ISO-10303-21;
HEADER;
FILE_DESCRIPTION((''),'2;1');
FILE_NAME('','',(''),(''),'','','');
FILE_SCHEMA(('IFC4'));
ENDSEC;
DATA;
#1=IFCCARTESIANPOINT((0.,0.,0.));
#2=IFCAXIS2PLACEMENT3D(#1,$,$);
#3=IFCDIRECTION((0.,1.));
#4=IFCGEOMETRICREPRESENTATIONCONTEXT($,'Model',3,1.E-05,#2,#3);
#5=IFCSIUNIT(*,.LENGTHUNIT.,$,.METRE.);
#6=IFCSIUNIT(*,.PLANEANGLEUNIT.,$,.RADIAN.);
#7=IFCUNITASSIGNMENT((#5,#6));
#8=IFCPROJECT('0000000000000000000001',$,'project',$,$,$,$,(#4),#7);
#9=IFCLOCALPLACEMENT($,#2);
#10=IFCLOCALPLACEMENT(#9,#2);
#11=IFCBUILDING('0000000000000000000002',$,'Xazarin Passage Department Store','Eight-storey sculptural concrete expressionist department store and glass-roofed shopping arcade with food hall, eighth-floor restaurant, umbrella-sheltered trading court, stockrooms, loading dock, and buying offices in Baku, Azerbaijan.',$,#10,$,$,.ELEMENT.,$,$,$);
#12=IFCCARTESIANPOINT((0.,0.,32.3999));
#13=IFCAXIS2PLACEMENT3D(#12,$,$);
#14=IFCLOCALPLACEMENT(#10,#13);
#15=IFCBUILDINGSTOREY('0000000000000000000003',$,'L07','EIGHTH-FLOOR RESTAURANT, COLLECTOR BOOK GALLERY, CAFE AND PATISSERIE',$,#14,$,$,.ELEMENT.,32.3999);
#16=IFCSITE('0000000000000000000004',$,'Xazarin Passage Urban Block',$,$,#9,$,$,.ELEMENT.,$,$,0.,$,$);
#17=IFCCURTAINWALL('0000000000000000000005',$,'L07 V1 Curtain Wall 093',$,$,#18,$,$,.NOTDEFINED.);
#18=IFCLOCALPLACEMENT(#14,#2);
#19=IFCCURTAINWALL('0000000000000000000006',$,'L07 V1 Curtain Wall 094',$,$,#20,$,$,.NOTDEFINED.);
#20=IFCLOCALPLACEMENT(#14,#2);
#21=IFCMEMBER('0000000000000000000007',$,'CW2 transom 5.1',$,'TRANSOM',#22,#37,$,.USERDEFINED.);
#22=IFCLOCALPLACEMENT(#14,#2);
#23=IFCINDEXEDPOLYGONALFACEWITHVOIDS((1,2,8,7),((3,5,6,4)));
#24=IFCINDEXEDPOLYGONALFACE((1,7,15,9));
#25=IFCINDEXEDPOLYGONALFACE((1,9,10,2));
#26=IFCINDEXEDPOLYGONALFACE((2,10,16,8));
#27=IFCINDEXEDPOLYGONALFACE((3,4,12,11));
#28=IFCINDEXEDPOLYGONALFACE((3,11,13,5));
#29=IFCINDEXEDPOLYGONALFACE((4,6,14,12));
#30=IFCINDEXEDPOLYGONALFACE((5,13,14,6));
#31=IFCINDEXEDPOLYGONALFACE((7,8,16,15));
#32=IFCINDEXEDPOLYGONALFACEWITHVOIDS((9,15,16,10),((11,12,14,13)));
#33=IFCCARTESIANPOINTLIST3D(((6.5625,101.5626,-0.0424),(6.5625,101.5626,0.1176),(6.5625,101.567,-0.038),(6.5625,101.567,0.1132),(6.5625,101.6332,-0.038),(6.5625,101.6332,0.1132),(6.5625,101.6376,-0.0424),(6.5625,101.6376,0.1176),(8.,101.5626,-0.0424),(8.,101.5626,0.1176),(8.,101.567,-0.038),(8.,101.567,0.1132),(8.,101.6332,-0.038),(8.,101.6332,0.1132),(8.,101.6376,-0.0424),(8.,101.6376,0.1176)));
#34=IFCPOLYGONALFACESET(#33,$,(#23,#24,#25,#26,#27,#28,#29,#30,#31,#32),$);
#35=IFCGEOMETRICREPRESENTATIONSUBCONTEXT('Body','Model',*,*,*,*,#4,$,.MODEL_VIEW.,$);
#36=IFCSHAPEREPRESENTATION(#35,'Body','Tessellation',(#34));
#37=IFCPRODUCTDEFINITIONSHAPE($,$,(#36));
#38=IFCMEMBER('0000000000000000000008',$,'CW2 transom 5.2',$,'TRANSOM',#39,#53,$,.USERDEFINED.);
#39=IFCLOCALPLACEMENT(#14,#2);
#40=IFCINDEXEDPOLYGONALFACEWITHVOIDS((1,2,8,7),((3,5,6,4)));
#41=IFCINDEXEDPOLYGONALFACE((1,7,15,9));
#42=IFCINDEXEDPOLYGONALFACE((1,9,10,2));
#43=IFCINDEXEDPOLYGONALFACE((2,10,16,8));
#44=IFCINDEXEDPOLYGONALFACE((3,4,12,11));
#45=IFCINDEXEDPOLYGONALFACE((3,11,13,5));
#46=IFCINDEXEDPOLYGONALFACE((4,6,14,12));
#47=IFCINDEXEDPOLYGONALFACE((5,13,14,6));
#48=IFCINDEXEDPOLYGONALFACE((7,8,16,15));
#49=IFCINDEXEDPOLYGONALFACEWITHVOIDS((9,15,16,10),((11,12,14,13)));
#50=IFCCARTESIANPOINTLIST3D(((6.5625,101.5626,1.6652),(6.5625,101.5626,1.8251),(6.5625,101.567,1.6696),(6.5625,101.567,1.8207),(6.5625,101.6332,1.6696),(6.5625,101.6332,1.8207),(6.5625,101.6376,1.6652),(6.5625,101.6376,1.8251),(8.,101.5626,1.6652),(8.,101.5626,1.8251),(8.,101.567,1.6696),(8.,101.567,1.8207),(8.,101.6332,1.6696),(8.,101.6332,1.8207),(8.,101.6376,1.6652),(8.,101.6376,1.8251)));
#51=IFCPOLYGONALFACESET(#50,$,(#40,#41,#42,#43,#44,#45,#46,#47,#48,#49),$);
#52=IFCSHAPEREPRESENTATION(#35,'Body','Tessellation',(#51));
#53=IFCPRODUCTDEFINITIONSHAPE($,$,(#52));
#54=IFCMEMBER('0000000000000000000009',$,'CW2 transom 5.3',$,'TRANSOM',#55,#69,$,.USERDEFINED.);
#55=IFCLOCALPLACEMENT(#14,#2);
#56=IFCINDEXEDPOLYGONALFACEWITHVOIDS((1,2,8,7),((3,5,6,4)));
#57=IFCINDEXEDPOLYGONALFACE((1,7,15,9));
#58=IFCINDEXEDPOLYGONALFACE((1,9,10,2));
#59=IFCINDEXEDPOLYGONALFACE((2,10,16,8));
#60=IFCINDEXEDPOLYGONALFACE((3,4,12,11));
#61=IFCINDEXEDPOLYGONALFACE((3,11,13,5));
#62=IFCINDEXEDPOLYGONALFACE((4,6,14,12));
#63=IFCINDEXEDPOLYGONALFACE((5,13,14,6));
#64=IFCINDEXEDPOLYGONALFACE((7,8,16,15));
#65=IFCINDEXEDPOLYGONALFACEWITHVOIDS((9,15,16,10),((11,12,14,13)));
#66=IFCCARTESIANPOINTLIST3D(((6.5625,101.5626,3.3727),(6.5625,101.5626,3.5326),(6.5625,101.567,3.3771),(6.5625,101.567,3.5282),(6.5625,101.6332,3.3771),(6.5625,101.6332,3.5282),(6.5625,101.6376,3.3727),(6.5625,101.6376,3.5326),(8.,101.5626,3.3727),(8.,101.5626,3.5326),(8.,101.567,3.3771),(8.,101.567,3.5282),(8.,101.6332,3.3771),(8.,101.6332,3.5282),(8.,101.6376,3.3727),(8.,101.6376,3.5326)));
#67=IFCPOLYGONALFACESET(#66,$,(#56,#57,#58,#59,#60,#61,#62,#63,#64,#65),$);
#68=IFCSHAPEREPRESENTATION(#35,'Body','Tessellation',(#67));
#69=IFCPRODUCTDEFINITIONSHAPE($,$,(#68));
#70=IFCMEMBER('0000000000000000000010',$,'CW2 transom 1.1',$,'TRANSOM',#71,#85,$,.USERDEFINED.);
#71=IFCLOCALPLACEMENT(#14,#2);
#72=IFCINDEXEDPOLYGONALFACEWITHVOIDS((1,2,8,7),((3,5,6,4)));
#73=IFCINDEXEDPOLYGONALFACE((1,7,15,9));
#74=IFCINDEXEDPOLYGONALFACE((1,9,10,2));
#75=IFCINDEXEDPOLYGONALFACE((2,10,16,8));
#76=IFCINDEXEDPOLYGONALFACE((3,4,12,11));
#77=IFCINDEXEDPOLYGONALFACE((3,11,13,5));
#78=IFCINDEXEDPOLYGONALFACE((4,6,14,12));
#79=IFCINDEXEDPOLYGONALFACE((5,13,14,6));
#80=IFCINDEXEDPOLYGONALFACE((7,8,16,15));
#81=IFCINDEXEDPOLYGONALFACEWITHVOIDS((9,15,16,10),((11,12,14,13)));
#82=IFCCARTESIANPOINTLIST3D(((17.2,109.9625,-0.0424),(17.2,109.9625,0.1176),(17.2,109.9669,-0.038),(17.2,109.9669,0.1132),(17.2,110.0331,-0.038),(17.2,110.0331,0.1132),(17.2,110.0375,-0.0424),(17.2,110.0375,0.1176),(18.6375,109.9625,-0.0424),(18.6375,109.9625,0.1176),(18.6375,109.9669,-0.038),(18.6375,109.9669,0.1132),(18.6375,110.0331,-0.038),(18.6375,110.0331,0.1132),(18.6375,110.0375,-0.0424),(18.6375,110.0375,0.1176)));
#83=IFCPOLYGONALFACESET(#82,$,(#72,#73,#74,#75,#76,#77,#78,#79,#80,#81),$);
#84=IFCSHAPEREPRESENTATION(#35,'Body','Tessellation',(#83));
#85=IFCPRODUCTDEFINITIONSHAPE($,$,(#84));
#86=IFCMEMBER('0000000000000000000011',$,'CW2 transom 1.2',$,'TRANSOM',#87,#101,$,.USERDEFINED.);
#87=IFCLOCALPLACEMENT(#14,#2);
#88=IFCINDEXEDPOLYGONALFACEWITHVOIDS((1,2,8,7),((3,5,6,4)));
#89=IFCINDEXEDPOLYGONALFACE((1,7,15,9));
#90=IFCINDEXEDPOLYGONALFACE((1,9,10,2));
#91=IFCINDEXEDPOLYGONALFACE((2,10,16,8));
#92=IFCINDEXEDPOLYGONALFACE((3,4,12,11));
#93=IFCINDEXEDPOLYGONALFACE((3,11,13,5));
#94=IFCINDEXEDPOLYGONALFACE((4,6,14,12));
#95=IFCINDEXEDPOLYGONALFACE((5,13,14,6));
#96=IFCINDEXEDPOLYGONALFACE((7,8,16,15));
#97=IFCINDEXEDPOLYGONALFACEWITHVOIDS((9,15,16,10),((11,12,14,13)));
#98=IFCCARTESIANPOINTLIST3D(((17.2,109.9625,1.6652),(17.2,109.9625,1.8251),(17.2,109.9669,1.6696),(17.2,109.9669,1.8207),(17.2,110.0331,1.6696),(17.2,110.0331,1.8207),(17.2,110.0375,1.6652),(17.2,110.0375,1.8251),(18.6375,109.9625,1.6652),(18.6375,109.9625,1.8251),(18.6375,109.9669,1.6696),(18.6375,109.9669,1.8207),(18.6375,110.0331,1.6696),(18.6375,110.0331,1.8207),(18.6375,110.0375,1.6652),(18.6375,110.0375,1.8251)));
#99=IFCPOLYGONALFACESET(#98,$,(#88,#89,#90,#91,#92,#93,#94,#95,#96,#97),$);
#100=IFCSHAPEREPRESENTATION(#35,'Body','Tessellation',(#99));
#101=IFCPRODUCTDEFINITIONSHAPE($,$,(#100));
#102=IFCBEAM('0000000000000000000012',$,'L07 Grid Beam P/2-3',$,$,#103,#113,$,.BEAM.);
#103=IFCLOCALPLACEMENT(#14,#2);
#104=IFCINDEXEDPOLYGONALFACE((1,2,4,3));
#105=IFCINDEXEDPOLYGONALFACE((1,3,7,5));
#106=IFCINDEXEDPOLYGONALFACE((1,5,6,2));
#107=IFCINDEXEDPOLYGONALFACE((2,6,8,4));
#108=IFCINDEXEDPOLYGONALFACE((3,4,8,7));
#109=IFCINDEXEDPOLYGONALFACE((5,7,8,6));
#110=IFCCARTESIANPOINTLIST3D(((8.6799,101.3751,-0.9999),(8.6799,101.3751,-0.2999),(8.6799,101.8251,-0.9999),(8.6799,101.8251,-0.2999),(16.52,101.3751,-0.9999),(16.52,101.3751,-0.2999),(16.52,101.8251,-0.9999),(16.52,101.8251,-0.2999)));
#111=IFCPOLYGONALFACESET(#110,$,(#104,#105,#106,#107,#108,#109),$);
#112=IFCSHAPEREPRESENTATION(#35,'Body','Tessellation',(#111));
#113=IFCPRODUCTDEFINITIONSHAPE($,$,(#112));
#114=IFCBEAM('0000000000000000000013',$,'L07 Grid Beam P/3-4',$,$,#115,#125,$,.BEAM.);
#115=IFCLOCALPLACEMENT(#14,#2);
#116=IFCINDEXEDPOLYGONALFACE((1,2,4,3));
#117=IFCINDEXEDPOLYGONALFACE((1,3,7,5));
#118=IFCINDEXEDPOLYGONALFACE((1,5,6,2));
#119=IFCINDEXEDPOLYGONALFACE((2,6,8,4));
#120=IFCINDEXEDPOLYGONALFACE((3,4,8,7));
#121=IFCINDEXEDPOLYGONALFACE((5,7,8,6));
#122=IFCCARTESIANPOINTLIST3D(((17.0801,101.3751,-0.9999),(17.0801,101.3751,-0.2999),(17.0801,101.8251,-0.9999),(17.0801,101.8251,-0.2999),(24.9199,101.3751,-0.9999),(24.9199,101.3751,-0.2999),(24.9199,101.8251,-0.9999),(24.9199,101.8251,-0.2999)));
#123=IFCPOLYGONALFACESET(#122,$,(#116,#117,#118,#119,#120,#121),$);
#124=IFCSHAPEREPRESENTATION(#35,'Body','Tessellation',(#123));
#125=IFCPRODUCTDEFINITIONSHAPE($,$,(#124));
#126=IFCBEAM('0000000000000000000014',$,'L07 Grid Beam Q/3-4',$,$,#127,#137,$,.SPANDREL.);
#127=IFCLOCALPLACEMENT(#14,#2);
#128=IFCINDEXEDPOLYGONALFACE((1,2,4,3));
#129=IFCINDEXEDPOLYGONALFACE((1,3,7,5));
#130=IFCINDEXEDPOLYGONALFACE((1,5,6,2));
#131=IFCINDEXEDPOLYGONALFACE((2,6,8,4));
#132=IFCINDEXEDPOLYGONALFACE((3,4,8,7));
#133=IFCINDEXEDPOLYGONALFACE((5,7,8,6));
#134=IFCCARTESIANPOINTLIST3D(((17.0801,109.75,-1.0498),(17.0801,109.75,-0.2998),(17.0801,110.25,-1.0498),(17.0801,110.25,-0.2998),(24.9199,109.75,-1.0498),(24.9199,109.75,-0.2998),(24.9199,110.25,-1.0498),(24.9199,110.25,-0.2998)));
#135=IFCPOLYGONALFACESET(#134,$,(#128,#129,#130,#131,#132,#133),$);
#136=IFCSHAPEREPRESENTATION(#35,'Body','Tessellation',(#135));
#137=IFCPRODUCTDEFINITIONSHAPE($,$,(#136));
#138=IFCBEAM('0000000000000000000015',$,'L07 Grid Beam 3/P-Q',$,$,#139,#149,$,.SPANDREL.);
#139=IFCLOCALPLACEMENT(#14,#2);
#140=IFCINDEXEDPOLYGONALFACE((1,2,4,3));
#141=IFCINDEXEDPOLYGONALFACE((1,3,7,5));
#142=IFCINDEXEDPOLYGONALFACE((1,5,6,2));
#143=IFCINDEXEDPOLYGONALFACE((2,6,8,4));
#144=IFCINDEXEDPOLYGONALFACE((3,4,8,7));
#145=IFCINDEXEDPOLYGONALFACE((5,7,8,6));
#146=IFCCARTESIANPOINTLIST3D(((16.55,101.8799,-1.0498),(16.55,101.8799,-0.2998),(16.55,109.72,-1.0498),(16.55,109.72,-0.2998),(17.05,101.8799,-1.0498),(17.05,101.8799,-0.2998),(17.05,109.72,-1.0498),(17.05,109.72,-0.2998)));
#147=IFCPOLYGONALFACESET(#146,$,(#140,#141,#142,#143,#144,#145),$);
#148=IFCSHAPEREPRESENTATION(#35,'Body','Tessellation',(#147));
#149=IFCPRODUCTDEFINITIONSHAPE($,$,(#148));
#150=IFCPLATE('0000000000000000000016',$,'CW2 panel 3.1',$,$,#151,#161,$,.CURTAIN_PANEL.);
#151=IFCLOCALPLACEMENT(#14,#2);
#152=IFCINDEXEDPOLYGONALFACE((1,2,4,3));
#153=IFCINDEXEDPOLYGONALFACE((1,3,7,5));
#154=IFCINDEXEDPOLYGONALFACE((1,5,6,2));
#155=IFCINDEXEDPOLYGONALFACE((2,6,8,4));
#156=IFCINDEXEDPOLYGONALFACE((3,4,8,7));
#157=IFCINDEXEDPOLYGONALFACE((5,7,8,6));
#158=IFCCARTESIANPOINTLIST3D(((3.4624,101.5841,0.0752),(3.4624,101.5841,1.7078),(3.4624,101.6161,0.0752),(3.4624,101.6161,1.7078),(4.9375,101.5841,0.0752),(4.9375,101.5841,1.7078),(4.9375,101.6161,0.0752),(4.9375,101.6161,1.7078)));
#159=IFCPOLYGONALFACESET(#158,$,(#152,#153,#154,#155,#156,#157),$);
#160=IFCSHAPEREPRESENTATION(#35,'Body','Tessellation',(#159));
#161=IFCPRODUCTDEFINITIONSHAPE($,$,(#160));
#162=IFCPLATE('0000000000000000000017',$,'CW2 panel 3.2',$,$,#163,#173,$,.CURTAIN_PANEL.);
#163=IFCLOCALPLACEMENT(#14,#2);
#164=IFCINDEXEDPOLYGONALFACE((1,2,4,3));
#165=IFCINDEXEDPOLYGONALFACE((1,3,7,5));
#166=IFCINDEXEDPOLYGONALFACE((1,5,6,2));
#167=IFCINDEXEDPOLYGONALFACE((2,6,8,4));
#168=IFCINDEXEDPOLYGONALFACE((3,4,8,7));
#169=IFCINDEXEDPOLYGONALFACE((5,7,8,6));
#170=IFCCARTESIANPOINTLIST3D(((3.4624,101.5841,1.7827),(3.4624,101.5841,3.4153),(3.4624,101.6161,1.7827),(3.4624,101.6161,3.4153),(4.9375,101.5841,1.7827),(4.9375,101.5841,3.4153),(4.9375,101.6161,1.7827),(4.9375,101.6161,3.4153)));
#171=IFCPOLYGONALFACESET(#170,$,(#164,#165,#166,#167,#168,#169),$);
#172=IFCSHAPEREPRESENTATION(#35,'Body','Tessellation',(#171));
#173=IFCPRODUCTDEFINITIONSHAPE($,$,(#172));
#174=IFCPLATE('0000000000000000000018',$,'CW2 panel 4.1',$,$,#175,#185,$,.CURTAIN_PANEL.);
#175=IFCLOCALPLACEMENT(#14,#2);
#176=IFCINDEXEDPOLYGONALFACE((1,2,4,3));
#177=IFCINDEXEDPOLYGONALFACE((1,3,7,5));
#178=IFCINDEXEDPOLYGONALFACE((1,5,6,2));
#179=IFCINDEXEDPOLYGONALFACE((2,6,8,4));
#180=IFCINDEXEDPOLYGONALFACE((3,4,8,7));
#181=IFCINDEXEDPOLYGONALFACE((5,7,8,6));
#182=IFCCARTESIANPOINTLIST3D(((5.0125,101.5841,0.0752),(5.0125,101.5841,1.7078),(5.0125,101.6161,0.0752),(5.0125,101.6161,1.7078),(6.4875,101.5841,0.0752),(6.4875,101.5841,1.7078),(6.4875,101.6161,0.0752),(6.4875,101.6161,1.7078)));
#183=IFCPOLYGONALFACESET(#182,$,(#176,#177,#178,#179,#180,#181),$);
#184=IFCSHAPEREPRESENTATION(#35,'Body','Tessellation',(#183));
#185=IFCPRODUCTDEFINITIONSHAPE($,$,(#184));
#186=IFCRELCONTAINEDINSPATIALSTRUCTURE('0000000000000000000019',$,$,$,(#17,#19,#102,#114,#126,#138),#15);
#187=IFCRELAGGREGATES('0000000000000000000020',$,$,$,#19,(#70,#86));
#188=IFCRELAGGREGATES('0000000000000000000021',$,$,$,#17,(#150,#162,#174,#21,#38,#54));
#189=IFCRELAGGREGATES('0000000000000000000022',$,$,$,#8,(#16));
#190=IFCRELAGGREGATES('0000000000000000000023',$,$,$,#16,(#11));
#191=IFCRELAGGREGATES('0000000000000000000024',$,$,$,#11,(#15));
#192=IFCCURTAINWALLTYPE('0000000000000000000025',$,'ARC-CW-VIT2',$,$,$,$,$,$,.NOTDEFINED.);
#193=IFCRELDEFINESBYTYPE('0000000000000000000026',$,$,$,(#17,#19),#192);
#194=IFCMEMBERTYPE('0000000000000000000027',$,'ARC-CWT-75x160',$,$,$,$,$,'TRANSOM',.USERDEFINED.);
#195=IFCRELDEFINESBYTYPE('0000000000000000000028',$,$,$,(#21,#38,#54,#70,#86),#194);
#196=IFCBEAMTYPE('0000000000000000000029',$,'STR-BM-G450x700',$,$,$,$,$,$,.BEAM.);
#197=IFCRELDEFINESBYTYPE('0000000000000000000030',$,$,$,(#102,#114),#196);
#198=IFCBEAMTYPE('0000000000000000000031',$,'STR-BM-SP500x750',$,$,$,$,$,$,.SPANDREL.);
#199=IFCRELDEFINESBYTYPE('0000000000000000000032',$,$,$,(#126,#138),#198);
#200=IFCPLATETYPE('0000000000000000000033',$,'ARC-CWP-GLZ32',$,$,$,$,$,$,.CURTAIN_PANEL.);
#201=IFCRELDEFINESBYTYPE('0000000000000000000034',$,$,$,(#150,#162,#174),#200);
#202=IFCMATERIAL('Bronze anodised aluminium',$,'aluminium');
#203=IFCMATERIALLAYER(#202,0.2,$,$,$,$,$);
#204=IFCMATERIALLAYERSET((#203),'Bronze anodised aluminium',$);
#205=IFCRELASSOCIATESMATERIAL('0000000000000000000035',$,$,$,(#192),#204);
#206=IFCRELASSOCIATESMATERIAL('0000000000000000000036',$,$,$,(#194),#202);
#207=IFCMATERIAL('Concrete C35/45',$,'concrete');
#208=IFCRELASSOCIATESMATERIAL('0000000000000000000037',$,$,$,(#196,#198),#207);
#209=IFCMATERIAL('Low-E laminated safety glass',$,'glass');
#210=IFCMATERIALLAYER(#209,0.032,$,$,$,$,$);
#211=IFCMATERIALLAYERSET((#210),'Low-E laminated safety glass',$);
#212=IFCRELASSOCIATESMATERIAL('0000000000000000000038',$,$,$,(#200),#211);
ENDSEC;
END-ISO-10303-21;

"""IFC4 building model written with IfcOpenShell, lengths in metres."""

from ifc_helpers import new_model, si_unit, direction, frame, origin, origin_2d, place, context, subcontext, project, spatial, rectangle, hollow_rectangle, extrude, material, layer, layer_set, material_profile, profile_set, type_object, element, aggregate, save


model = new_model("IFC4")

# Units and contexts
model_context = context("Model", 3, precision=1e-05, world=origin(), true_north=direction((0.0, 1.0)))
body_context = subcontext(model_context, "Body", "Model", "MODEL_VIEW")
ifc_project = project(units=[si_unit("LENGTHUNIT", "METRE"), si_unit("PLANEANGLEUNIT", "RADIAN")], contexts=[model_context])

# Site, building, storey
site_placement = place(None, origin())
site = spatial("IfcSite", under=ifc_project, at=site_placement, Name="Xazarin Passage Urban Block", CompositionType="ELEMENT", RefElevation=0.0)
building_placement = place(site_placement, origin())
building = spatial("IfcBuilding", under=site, at=building_placement, Name="Xazarin Passage Department Store", Description="Eight-storey sculptural concrete expressionist department store and glass-roofed shopping arcade with food hall, eighth-floor restaurant, umbrella-sheltered trading court, stockrooms, loading dock, and buying offices in Baku, Azerbaijan.", CompositionType="ELEMENT")
storey_placement = place(building_placement, frame((0.0, 0.0, 32.3999)))
storey = spatial("IfcBuildingStorey", under=building, at=storey_placement, Name="L07", Description="EIGHTH-FLOOR RESTAURANT, COLLECTOR BOOK GALLERY, CAFE AND PATISSERIE", CompositionType="ELEMENT", Elevation=32.3999)

# Curtain wall
ifc_material_1 = material(Name="Bronze anodised aluminium", Category="aluminium")
ifc_layer_1 = layer(ifc_material_1, 0.2)
ifc_layer_set_1 = layer_set([ifc_layer_1], Name="Bronze anodised aluminium")
curtain_wall_type = type_object("IfcCurtainWallType", Name="ARC-CW-VIT2", PredefinedType="NOTDEFINED", material=ifc_layer_set_1)
curtain_wall_1_placement = place(storey_placement, origin())
curtain_wall_1 = element("IfcCurtainWall", 1, at=curtain_wall_1_placement, inside=storey, type_object=curtain_wall_type, Name="L07 V1 Curtain Wall 093", PredefinedType="NOTDEFINED")

# Curtain wall
curtain_wall_2_placement = place(storey_placement, origin())
curtain_wall_2 = element("IfcCurtainWall", 2, at=curtain_wall_2_placement, inside=storey, type_object=curtain_wall_type, Name="L07 V1 Curtain Wall 094", PredefinedType="NOTDEFINED")

# Members
ifc_material_profile_1 = material_profile(ifc_material_1, hollow_rectangle(XDim=0.075, YDim=0.1599, WallThickness=0.0044, at=origin_2d()), Name="ALU 75x160")
ifc_profile_set_1 = profile_set([ifc_material_profile_1], Name="Bronze anodised aluminium")
member_type_1 = type_object("IfcMemberType", Name="ARC-CWT-75x160", ElementType="TRANSOM", PredefinedType="USERDEFINED", material=ifc_profile_set_1)
member_1_placement = place(storey_placement, frame((6.5625, 101.6001, 0.0376), z_axis=(1.0, 0.0, 0.0), x_axis=(0.0, 1.0, 0.0)))
member_1 = element("IfcMember", 3, at=member_1_placement, type_object=member_type_1, Name="CW2 transom 5.1", ObjectType="TRANSOM", PredefinedType="USERDEFINED", context=body_context, shape_type="SweptSolid", body=[
    extrude(hollow_rectangle(XDim=0.075, YDim=0.1599, WallThickness=0.0044, at=origin_2d()), origin(), (0.0, 0.0, 1.0), 1.4375),
])
member_2_placement = place(storey_placement, frame((6.5625, 101.6001, 1.7451), z_axis=(1.0, 0.0, 0.0), x_axis=(0.0, 1.0, 0.0)))
member_2 = element("IfcMember", 4, at=member_2_placement, type_object=member_type_1, Name="CW2 transom 5.2", ObjectType="TRANSOM", PredefinedType="USERDEFINED", context=body_context, shape_type="SweptSolid", body=[
    extrude(hollow_rectangle(XDim=0.075, YDim=0.1599, WallThickness=0.0044, at=origin_2d()), origin(), (0.0, 0.0, 1.0), 1.4375),
])
member_3_placement = place(storey_placement, frame((6.5625, 101.6001, 3.4526), z_axis=(1.0, 0.0, 0.0), x_axis=(0.0, 1.0, 0.0)))
member_3 = element("IfcMember", 5, at=member_3_placement, type_object=member_type_1, Name="CW2 transom 5.3", ObjectType="TRANSOM", PredefinedType="USERDEFINED", context=body_context, shape_type="SweptSolid", body=[
    extrude(hollow_rectangle(XDim=0.075, YDim=0.1599, WallThickness=0.0044, at=origin_2d()), origin(), (0.0, 0.0, 1.0), 1.4375),
])
member_4_placement = place(storey_placement, frame((17.2, 110.0, 0.0376), z_axis=(1.0, 0.0, 0.0), x_axis=(0.0, 1.0, 0.0)))
member_4 = element("IfcMember", 6, at=member_4_placement, type_object=member_type_1, Name="CW2 transom 1.1", ObjectType="TRANSOM", PredefinedType="USERDEFINED", context=body_context, shape_type="SweptSolid", body=[
    extrude(hollow_rectangle(XDim=0.075, YDim=0.1599, WallThickness=0.0044, at=origin_2d()), origin(), (0.0, 0.0, 1.0), 1.4375),
])
member_5_placement = place(storey_placement, frame((17.2, 110.0, 1.7451), z_axis=(1.0, 0.0, 0.0), x_axis=(0.0, 1.0, 0.0)))
member_5 = element("IfcMember", 7, at=member_5_placement, type_object=member_type_1, Name="CW2 transom 1.2", ObjectType="TRANSOM", PredefinedType="USERDEFINED", context=body_context, shape_type="SweptSolid", body=[
    extrude(hollow_rectangle(XDim=0.075, YDim=0.1599, WallThickness=0.0044, at=origin_2d()), origin(), (0.0, 0.0, 1.0), 1.4375),
])
aggregate(curtain_wall_2, [member_4, member_5])

# Beams
ifc_material_2 = material(Name="Concrete C35/45", Category="concrete")
ifc_material_profile_2 = material_profile(ifc_material_2, rectangle(XDim=0.45, YDim=0.7, at=origin_2d()), Name="RC 450x700")
ifc_profile_set_2 = profile_set([ifc_material_profile_2], Name="Concrete C35/45")
beam_type_1 = type_object("IfcBeamType", Name="STR-BM-G450x700", PredefinedType="BEAM", material=ifc_profile_set_2)
beam_1_placement = place(storey_placement, frame((8.6799, 101.6001, -0.6499), z_axis=(1.0, 0.0, 0.0), x_axis=(0.0, 1.0, 0.0)))
element("IfcBeam", 8, at=beam_1_placement, inside=storey, type_object=beam_type_1, Name="L07 Grid Beam P/2-3", PredefinedType="BEAM", context=body_context, shape_type="SweptSolid", body=[
    extrude(rectangle(XDim=0.45, YDim=0.7, at=origin_2d()), origin(), (0.0, 0.0, 1.0), 7.8401),
])
beam_2_placement = place(storey_placement, frame((17.0801, 101.6001, -0.6499), z_axis=(1.0, 0.0, 0.0), x_axis=(0.0, 1.0, 0.0)))
element("IfcBeam", 9, at=beam_2_placement, inside=storey, type_object=beam_type_1, Name="L07 Grid Beam P/3-4", PredefinedType="BEAM", context=body_context, shape_type="SweptSolid", body=[
    extrude(rectangle(XDim=0.45, YDim=0.7, at=origin_2d()), origin(), (0.0, 0.0, 1.0), 7.8398),
])
ifc_material_profile_3 = material_profile(ifc_material_2, rectangle(XDim=0.5, YDim=0.75, at=origin_2d()), Name="RC 500x750")
ifc_profile_set_3 = profile_set([ifc_material_profile_3], Name="Concrete C35/45")
beam_type_2 = type_object("IfcBeamType", Name="STR-BM-SP500x750", PredefinedType="SPANDREL", material=ifc_profile_set_3)
beam_3_placement = place(storey_placement, frame((17.0801, 110.0, -0.6748), z_axis=(1.0, 0.0, 0.0), x_axis=(0.0, 1.0, 0.0)))
element("IfcBeam", 10, at=beam_3_placement, inside=storey, type_object=beam_type_2, Name="L07 Grid Beam Q/3-4", PredefinedType="SPANDREL", context=body_context, shape_type="SweptSolid", body=[
    extrude(rectangle(XDim=0.5, YDim=0.75, at=origin_2d()), origin(), (0.0, 0.0, 1.0), 7.8398),
])
beam_4_placement = place(storey_placement, frame((16.8, 101.8799, -0.6748), z_axis=(0.0, 1.0, 0.0), x_axis=(-1.0, 0.0, 0.0)))
element("IfcBeam", 11, at=beam_4_placement, inside=storey, type_object=beam_type_2, Name="L07 Grid Beam 3/P-Q", PredefinedType="SPANDREL", context=body_context, shape_type="SweptSolid", body=[
    extrude(rectangle(XDim=0.5, YDim=0.75, at=origin_2d()), origin(), (0.0, 0.0, 1.0), 7.8401),
])

# Plates
ifc_material_3 = material(Name="Low-E laminated safety glass", Category="glass")
ifc_layer_2 = layer(ifc_material_3, 0.032)
ifc_layer_set_2 = layer_set([ifc_layer_2], Name="Low-E laminated safety glass")
plate_type = type_object("IfcPlateType", Name="ARC-CWP-GLZ32", PredefinedType="CURTAIN_PANEL", material=ifc_layer_set_2)
plate_1_placement = place(storey_placement, frame((4.2, 101.6001, 0.0752), z_axis=(0.0, 0.0, 1.0), x_axis=(1.0, 0.0, 0.0)))
plate_1 = element("IfcPlate", 12, at=plate_1_placement, type_object=plate_type, Name="CW2 panel 3.1", PredefinedType="CURTAIN_PANEL", context=body_context, shape_type="SweptSolid", body=[
    extrude(rectangle(XDim=1.4751, YDim=0.032, at=origin_2d()), origin(), (0.0, 0.0, 1.0), 1.6326),
])
plate_2_placement = place(storey_placement, frame((4.2, 101.6001, 1.7827), z_axis=(0.0, 0.0, 1.0), x_axis=(1.0, 0.0, 0.0)))
plate_2 = element("IfcPlate", 13, at=plate_2_placement, type_object=plate_type, Name="CW2 panel 3.2", PredefinedType="CURTAIN_PANEL", context=body_context, shape_type="SweptSolid", body=[
    extrude(rectangle(XDim=1.4751, YDim=0.032, at=origin_2d()), origin(), (0.0, 0.0, 1.0), 1.6326),
])
plate_3_placement = place(storey_placement, frame((5.75, 101.6001, 0.0752), z_axis=(0.0, 0.0, 1.0), x_axis=(1.0, 0.0, 0.0)))
plate_3 = element("IfcPlate", 14, at=plate_3_placement, type_object=plate_type, Name="CW2 panel 4.1", PredefinedType="CURTAIN_PANEL", context=body_context, shape_type="SweptSolid", body=[
    extrude(rectangle(XDim=1.4751, YDim=0.032, at=origin_2d()), origin(), (0.0, 0.0, 1.0), 1.6326),
])
aggregate(curtain_wall_1, [plate_1, plate_2, plate_3, member_1, member_2, member_3])

save(model, "model.ifc")
